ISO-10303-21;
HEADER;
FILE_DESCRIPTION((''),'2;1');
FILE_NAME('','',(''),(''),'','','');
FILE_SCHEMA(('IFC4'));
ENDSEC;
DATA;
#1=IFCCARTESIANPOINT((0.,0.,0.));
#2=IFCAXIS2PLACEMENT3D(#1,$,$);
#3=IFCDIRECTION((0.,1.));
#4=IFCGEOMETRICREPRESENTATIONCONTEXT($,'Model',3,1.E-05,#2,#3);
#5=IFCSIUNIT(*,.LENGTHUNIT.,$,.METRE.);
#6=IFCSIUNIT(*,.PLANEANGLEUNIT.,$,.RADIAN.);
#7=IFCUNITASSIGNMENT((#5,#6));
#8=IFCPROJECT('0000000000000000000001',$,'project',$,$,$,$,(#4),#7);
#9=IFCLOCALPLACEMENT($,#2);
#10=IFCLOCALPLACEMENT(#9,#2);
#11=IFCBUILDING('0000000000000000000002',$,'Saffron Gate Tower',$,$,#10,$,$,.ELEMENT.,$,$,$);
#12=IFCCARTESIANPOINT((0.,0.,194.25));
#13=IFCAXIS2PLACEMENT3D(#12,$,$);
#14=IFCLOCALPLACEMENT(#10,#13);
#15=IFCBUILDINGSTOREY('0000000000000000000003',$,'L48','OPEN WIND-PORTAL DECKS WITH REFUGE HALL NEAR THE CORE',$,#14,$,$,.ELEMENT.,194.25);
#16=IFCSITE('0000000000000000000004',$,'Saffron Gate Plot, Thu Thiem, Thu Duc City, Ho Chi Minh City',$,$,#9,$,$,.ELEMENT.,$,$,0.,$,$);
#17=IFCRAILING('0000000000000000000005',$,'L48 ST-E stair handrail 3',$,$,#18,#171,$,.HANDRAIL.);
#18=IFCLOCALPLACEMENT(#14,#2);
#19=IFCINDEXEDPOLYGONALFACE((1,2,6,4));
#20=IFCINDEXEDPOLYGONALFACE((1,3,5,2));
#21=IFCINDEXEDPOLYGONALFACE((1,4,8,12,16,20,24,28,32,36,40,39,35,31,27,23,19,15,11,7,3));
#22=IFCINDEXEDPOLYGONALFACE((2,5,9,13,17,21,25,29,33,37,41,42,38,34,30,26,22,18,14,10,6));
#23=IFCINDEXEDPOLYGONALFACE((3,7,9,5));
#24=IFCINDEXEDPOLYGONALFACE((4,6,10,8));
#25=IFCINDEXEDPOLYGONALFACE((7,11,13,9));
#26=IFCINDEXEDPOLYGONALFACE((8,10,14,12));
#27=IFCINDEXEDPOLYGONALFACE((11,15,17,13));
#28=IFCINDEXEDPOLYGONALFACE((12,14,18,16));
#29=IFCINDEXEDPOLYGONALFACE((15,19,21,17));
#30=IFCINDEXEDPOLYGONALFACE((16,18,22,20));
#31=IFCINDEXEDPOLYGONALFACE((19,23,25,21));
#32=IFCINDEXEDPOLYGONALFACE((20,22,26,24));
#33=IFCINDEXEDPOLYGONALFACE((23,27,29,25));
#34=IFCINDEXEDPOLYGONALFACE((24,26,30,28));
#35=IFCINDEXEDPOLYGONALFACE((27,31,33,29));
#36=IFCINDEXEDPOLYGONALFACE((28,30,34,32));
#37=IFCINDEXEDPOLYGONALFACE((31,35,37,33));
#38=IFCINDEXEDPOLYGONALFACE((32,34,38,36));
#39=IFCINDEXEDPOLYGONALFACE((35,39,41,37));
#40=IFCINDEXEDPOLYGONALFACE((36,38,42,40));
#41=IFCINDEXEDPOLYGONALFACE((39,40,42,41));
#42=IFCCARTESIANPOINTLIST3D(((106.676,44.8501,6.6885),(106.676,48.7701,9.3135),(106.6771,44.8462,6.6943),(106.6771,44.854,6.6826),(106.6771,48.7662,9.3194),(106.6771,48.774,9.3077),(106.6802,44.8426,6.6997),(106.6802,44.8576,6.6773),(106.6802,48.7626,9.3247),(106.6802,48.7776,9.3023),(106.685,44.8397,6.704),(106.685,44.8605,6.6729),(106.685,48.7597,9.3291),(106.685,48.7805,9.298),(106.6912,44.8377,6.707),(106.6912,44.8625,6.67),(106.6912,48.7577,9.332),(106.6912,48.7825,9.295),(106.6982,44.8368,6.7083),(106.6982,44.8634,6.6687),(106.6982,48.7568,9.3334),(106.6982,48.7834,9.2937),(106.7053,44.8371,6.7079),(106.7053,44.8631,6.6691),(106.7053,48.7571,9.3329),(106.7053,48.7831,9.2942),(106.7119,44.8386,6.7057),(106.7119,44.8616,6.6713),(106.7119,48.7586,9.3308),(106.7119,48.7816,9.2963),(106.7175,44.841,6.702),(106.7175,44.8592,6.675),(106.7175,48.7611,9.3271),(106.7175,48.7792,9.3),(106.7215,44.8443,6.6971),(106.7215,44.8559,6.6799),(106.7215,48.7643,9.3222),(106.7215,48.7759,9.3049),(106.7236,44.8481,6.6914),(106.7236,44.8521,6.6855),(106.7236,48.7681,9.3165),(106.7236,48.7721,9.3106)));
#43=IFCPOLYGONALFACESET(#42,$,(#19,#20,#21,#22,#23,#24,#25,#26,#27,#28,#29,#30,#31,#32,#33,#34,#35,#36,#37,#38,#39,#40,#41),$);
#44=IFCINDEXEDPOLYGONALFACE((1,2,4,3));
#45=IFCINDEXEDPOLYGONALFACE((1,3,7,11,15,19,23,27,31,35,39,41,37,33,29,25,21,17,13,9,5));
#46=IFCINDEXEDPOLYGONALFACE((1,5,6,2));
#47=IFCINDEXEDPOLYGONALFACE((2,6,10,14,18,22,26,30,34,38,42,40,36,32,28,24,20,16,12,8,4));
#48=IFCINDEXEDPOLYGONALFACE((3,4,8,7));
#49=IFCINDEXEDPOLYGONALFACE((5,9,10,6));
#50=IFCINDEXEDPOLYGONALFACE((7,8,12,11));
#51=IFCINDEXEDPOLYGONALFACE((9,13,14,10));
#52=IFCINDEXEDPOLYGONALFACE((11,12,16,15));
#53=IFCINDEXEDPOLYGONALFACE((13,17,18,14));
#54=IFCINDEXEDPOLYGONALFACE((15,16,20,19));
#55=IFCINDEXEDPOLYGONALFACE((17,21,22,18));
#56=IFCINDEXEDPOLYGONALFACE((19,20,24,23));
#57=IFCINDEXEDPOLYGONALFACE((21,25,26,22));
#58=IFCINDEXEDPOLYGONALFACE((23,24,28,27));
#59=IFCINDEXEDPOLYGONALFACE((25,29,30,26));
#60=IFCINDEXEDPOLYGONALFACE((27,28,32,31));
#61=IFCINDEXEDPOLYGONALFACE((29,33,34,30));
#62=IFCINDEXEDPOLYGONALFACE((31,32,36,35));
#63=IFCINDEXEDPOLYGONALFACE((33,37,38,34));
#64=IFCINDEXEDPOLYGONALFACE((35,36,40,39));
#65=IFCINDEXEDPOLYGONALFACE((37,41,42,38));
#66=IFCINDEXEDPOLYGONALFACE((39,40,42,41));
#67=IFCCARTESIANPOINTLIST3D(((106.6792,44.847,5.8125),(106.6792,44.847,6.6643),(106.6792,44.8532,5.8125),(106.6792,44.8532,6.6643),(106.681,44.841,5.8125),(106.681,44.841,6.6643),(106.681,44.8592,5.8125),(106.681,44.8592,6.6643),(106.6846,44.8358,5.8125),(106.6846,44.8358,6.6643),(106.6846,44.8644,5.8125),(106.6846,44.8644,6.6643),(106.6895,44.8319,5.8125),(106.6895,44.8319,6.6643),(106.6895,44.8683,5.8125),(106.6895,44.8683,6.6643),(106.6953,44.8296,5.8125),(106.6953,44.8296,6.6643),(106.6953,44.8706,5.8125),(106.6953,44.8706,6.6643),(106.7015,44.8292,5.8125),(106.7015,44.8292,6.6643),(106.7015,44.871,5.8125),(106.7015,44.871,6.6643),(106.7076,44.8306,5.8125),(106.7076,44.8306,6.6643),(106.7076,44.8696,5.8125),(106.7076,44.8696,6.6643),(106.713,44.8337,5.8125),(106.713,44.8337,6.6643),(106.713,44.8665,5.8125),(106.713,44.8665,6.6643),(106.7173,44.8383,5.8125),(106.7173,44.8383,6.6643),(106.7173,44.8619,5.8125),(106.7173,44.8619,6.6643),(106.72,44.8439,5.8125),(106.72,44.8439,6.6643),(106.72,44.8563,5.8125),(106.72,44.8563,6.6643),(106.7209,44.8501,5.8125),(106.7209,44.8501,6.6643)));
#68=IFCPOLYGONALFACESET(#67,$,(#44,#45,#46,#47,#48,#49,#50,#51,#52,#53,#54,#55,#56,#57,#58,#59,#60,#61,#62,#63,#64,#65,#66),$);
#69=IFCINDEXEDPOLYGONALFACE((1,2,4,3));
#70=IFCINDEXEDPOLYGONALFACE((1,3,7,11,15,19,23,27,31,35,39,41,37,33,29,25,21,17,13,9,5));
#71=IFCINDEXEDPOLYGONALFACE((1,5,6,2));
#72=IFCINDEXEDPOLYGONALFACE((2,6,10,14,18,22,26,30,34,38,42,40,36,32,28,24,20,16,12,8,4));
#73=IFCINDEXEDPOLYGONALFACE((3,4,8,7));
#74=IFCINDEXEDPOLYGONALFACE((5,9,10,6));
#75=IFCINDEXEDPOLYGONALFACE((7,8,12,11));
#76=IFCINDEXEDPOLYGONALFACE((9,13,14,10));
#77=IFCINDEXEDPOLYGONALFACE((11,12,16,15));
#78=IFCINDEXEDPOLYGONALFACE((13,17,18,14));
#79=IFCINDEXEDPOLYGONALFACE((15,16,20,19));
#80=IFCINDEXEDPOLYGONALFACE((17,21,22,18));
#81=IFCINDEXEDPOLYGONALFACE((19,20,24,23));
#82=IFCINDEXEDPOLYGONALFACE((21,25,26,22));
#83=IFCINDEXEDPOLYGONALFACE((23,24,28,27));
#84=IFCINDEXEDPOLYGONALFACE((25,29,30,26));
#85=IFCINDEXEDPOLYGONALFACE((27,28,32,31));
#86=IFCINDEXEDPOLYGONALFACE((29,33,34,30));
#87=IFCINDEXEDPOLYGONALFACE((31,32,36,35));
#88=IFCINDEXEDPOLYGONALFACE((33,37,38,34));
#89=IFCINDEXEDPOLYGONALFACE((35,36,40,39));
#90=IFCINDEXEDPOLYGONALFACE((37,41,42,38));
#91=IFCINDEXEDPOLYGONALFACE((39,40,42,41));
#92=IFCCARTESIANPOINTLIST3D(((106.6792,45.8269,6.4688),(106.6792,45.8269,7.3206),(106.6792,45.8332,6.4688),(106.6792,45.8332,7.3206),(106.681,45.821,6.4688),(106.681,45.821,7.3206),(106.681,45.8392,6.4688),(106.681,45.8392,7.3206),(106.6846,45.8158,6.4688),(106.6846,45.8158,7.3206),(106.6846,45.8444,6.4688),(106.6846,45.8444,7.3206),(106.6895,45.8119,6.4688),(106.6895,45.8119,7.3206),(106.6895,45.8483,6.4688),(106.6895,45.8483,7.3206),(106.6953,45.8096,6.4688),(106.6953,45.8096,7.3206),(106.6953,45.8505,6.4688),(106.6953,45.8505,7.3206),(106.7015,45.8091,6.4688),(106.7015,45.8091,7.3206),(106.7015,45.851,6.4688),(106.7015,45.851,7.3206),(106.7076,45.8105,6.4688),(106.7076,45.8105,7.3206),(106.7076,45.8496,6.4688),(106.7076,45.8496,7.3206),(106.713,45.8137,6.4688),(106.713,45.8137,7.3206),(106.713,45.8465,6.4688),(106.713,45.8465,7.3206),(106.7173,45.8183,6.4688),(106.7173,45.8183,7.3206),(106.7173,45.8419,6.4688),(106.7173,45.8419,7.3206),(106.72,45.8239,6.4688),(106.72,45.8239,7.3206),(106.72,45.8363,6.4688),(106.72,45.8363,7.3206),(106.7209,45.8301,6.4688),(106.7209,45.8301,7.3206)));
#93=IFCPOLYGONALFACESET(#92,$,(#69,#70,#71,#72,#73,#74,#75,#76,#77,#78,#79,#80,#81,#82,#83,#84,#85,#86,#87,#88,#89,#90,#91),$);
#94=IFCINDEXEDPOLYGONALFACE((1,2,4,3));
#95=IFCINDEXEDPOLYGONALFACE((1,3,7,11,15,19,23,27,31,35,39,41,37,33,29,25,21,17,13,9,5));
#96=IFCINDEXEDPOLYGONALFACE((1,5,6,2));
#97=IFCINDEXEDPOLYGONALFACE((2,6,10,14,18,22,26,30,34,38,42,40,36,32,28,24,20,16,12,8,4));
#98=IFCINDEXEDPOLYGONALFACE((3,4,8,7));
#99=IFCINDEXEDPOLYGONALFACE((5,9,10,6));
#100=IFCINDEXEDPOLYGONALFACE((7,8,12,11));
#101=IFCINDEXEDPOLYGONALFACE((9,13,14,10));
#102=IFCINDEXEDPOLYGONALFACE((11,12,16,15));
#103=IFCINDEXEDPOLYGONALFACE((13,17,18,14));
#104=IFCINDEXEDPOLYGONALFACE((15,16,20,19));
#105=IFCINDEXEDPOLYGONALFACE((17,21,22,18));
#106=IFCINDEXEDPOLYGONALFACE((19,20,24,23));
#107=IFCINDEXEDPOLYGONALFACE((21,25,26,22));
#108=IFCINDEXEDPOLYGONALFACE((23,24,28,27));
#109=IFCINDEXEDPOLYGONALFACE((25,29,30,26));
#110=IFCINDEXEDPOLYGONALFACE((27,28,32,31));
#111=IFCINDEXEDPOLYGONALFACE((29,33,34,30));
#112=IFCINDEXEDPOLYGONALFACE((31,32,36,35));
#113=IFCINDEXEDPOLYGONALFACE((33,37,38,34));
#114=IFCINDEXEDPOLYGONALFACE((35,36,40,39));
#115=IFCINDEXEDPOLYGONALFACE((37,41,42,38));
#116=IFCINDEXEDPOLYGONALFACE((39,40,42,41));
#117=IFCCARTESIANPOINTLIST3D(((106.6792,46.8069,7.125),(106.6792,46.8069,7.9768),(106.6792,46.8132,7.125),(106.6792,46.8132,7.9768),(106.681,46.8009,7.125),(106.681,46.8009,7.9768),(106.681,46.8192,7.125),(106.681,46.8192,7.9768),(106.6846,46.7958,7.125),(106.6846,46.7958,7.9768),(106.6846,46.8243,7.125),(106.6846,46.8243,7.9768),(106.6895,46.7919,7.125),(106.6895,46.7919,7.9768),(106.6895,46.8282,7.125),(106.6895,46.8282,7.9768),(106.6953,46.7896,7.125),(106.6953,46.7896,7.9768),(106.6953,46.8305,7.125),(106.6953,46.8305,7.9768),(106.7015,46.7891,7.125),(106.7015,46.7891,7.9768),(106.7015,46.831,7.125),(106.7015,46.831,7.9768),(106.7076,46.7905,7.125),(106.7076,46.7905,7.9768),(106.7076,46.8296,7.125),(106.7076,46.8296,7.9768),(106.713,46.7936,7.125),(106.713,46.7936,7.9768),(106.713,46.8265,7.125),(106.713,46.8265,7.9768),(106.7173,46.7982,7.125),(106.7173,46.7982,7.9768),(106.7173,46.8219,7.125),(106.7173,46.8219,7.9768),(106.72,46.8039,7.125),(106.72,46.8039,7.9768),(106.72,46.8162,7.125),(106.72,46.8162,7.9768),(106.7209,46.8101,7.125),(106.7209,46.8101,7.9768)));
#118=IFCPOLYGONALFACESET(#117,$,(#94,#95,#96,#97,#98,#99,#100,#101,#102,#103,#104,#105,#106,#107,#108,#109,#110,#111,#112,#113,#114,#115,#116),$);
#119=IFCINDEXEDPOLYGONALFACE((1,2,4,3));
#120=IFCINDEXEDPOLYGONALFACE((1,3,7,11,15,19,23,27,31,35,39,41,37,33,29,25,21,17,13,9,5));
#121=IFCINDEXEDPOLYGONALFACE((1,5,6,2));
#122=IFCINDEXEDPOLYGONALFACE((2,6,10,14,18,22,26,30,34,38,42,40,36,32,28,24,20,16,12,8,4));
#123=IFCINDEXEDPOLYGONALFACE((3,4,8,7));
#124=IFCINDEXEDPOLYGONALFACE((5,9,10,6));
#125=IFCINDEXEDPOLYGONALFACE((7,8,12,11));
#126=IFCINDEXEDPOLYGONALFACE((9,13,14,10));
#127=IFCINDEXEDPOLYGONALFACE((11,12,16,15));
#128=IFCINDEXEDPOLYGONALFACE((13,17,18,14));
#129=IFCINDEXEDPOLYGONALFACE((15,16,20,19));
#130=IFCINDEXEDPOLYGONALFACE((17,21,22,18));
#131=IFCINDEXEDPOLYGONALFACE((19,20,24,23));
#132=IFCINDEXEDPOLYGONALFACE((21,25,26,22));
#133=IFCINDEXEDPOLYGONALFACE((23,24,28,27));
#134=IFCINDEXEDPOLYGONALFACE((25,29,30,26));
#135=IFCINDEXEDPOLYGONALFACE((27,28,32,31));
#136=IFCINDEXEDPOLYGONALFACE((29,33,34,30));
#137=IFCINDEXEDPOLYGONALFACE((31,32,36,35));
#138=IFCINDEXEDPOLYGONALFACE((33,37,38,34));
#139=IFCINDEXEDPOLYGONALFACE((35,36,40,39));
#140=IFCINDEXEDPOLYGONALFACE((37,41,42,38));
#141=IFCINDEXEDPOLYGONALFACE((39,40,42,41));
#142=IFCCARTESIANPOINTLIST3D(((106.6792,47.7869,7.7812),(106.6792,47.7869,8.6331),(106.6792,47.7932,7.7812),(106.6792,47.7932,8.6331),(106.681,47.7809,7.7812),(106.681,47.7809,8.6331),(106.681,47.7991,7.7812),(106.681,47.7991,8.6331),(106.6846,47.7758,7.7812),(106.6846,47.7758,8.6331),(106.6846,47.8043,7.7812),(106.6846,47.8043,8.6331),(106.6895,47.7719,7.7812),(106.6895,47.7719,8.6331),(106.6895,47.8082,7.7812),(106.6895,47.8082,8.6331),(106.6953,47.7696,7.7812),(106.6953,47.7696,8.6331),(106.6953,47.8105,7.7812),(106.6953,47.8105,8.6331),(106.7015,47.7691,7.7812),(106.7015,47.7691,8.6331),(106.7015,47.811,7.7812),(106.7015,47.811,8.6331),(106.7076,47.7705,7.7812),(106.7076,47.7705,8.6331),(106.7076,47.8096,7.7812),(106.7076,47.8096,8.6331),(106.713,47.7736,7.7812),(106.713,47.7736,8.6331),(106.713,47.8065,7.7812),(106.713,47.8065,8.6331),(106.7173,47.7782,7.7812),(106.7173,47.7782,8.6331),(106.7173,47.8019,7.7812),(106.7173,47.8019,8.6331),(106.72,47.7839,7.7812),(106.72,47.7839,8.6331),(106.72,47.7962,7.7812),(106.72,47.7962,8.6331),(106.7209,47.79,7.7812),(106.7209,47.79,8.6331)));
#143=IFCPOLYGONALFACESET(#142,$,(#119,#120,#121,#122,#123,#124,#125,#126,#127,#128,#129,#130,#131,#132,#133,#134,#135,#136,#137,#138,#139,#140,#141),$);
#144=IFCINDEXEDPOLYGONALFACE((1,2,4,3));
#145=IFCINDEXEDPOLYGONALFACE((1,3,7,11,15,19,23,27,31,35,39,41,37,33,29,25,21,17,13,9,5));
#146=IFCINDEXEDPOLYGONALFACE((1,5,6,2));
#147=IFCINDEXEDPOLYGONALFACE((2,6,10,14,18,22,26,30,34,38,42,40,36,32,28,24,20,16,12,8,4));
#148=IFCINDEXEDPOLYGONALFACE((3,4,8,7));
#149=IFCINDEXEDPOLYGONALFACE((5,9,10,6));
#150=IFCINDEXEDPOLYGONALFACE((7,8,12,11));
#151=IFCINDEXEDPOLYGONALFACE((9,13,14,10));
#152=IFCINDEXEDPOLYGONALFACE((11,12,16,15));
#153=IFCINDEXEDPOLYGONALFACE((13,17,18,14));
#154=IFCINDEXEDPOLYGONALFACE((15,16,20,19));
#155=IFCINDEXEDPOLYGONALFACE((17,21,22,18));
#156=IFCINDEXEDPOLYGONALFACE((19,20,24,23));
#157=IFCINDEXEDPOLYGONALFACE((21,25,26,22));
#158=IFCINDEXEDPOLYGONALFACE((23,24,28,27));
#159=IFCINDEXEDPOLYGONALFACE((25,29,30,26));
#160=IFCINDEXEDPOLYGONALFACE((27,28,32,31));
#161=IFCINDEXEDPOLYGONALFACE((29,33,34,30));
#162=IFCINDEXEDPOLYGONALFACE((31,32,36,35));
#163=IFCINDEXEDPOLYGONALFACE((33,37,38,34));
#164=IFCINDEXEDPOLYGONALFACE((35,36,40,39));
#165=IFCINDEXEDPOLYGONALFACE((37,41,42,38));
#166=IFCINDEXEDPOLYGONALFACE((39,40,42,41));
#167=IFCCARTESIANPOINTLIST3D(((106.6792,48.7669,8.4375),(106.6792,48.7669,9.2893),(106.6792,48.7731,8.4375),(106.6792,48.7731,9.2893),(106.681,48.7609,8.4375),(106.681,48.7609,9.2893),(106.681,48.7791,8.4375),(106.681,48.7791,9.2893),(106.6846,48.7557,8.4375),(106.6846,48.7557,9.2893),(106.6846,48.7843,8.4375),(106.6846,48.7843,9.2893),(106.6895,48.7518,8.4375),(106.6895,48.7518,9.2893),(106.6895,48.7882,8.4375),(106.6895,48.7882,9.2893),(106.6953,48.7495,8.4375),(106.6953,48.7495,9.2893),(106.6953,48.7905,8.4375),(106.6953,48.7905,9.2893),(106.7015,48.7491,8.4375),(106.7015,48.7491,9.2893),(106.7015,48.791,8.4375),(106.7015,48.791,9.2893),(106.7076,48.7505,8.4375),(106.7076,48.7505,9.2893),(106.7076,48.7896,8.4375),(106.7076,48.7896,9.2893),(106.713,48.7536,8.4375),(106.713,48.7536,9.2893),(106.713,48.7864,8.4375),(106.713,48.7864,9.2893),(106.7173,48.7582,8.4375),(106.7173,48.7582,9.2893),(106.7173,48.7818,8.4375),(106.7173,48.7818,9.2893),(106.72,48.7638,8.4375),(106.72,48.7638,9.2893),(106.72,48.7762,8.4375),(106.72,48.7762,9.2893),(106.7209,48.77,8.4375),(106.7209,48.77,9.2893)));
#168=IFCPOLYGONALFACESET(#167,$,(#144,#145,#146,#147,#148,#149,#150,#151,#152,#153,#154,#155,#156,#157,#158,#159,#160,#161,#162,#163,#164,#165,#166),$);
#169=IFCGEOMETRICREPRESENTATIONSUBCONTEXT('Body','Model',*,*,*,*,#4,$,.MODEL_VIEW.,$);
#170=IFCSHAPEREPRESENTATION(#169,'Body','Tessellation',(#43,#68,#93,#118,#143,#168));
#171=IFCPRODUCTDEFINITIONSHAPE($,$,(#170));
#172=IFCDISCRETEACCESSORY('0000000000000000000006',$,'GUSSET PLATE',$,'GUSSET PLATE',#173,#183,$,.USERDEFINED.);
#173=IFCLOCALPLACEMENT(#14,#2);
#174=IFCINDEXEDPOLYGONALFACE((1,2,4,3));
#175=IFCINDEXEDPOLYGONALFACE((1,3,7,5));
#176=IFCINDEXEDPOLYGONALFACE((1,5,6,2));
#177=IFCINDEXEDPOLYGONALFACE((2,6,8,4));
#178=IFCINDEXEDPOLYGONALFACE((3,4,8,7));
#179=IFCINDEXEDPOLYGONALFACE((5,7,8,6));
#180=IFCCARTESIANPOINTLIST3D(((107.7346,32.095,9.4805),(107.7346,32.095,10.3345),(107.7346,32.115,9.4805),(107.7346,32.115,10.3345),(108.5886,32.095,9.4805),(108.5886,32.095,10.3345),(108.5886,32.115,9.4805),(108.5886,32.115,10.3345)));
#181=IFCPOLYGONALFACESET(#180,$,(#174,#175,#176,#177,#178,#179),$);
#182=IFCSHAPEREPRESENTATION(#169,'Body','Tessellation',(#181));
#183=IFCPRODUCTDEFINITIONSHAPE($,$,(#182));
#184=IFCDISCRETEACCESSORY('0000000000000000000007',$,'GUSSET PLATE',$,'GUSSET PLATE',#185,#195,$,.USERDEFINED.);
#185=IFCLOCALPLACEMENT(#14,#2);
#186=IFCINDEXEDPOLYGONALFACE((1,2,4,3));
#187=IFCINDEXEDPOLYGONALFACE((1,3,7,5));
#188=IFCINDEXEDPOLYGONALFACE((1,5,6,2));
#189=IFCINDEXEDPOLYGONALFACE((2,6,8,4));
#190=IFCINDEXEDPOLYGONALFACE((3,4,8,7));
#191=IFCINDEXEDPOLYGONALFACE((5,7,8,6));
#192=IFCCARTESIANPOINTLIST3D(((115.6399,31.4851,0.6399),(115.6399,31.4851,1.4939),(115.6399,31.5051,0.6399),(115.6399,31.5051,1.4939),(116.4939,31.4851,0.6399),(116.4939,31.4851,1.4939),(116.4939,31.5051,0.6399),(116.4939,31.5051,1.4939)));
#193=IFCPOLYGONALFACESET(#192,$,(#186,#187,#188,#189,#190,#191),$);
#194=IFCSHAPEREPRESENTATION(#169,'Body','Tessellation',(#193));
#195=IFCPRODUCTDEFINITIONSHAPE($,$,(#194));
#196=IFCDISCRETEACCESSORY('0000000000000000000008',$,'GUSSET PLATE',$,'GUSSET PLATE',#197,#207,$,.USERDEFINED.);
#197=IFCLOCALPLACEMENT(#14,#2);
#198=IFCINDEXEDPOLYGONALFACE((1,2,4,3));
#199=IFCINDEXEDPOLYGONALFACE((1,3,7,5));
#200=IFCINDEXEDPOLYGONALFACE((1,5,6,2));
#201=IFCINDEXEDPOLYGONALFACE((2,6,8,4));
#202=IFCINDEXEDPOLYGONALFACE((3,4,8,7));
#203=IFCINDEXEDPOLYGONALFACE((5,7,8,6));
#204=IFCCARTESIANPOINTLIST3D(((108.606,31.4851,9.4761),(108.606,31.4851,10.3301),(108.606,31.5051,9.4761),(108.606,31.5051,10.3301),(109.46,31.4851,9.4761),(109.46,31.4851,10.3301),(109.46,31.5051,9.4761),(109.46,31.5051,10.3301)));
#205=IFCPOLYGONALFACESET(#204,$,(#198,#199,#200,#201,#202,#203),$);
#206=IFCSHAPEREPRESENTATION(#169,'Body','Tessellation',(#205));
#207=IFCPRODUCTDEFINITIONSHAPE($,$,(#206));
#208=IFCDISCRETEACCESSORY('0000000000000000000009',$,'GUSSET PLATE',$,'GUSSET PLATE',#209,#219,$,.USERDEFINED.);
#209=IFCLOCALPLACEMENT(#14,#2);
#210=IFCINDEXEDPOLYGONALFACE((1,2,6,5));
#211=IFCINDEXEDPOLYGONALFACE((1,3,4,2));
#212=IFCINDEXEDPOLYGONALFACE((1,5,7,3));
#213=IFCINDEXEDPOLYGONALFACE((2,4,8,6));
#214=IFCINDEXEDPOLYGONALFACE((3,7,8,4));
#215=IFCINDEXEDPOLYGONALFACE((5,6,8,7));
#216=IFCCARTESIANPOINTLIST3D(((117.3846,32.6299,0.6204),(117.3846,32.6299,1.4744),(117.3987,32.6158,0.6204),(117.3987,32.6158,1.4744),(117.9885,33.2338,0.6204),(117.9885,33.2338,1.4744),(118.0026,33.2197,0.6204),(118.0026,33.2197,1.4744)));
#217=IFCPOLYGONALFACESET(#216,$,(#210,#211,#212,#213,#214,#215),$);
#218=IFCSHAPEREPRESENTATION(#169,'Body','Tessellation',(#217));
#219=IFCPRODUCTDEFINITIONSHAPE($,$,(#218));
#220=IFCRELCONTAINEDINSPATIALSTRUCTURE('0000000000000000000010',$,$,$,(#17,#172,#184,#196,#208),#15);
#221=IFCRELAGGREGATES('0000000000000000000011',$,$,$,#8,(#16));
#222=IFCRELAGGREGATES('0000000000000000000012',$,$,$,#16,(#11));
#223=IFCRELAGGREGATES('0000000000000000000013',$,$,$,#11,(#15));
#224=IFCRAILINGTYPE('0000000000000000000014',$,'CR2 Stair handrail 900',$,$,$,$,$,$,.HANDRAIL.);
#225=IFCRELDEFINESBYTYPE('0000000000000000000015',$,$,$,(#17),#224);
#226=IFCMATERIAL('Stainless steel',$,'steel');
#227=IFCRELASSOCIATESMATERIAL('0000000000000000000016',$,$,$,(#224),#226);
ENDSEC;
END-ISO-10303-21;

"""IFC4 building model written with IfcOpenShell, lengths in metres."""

from ifc_helpers import new_model, si_unit, direction, frame, origin, origin_2d, place, context, subcontext, project, spatial, rectangle, circle, extrude, material, type_object, element, save


model = new_model("IFC4")

# Units and contexts
model_context = context("Model", 3, precision=1e-05, world=origin(), true_north=direction((0.0, 1.0)))
body_context = subcontext(model_context, "Body", "Model", "MODEL_VIEW")
ifc_project = project(units=[si_unit("LENGTHUNIT", "METRE"), si_unit("PLANEANGLEUNIT", "RADIAN")], contexts=[model_context])

# Site, building, storey
site_placement = place(None, origin())
site = spatial("IfcSite", under=ifc_project, at=site_placement, Name="Saffron Gate Plot, Thu Thiem, Thu Duc City, Ho Chi Minh City", CompositionType="ELEMENT", RefElevation=0.0)
building_placement = place(site_placement, origin())
building = spatial("IfcBuilding", under=site, at=building_placement, Name="Saffron Gate Tower", CompositionType="ELEMENT")
storey_placement = place(building_placement, frame((0.0, 0.0, 194.25)))
storey = spatial("IfcBuildingStorey", under=building, at=storey_placement, Name="L48", Description="OPEN WIND-PORTAL DECKS WITH REFUGE HALL NEAR THE CORE", CompositionType="ELEMENT", Elevation=194.25)

# Railing
ifc_material_1 = material(Name="Stainless steel", Category="steel")
railing_type_1 = type_object("IfcRailingType", Name="CR2 Stair handrail 900", PredefinedType="HANDRAIL", material=ifc_material_1)
railing_1_placement = place(storey_placement, frame((106.7, 44.8501, 5.8125)))
element("IfcRailing", 1, at=railing_1_placement, inside=storey, type_object=railing_type_1, Name="L48 ST-E stair handrail 3", PredefinedType="HANDRAIL", context=body_context, shape_type="SweptSolid", body=[
    extrude(circle(Radius=0.0239, at=origin_2d()), frame((0.0, 0.0, 0.876), z_axis=(0.0, 0.830902, 0.556419), x_axis=(-1.0, 0.0, 0.0)), (0.0, 0.0, 1.0), 4.7178),
    extrude(circle(Radius=0.021, at=origin_2d()), origin(), (0.0, 0.0, 1.0), 0.8518),
    extrude(circle(Radius=0.021, at=origin_2d()), frame((0.0, 0.98, 0.6562)), (0.0, 0.0, 1.0), 0.8518),
    extrude(circle(Radius=0.021, at=origin_2d()), frame((0.0, 1.96, 1.3125)), (0.0, 0.0, 1.0), 0.8518),
    extrude(circle(Radius=0.021, at=origin_2d()), frame((0.0, 2.9399, 1.9688)), (0.0, 0.0, 1.0), 0.8518),
    extrude(circle(Radius=0.021, at=origin_2d()), frame((0.0, 3.9199, 2.625)), (0.0, 0.0, 1.0), 0.8518),
])

# Discrete accessories
for number, where, z_axis, x_axis, name in (
    (2, (108.1616, 32.105, 9.4805), (0.0, 0.0, 1.0), (1.0, 0.0, 0.0), "GUSSET PLATE"),
    (3, (116.0669, 31.4951, 0.6399), (0.0, 0.0, 1.0), (-1.0, 0.0, 0.0), "GUSSET PLATE"),
    (4, (109.033, 31.4951, 9.4761), (0.0, 0.0, 1.0), (-1.0, 0.0, 0.0), "GUSSET PLATE"),
    (5, (117.6936, 32.9248, 0.6204), (0.0, 0.0, 1.0), (0.707107, 0.707107, 0.0), "GUSSET PLATE"),
):
    element("IfcDiscreteAccessory", number, at=place(storey_placement, frame(where, z_axis=z_axis, x_axis=x_axis)), inside=storey, Name=name, ObjectType="GUSSET PLATE", PredefinedType="USERDEFINED", context=body_context, shape_type="SweptSolid", body=[
        extrude(rectangle(XDim=0.854, YDim=0.02, at=origin_2d()), origin(), (0.0, 0.0, 1.0), 0.854),
    ])

save(model, "model.ifc")
